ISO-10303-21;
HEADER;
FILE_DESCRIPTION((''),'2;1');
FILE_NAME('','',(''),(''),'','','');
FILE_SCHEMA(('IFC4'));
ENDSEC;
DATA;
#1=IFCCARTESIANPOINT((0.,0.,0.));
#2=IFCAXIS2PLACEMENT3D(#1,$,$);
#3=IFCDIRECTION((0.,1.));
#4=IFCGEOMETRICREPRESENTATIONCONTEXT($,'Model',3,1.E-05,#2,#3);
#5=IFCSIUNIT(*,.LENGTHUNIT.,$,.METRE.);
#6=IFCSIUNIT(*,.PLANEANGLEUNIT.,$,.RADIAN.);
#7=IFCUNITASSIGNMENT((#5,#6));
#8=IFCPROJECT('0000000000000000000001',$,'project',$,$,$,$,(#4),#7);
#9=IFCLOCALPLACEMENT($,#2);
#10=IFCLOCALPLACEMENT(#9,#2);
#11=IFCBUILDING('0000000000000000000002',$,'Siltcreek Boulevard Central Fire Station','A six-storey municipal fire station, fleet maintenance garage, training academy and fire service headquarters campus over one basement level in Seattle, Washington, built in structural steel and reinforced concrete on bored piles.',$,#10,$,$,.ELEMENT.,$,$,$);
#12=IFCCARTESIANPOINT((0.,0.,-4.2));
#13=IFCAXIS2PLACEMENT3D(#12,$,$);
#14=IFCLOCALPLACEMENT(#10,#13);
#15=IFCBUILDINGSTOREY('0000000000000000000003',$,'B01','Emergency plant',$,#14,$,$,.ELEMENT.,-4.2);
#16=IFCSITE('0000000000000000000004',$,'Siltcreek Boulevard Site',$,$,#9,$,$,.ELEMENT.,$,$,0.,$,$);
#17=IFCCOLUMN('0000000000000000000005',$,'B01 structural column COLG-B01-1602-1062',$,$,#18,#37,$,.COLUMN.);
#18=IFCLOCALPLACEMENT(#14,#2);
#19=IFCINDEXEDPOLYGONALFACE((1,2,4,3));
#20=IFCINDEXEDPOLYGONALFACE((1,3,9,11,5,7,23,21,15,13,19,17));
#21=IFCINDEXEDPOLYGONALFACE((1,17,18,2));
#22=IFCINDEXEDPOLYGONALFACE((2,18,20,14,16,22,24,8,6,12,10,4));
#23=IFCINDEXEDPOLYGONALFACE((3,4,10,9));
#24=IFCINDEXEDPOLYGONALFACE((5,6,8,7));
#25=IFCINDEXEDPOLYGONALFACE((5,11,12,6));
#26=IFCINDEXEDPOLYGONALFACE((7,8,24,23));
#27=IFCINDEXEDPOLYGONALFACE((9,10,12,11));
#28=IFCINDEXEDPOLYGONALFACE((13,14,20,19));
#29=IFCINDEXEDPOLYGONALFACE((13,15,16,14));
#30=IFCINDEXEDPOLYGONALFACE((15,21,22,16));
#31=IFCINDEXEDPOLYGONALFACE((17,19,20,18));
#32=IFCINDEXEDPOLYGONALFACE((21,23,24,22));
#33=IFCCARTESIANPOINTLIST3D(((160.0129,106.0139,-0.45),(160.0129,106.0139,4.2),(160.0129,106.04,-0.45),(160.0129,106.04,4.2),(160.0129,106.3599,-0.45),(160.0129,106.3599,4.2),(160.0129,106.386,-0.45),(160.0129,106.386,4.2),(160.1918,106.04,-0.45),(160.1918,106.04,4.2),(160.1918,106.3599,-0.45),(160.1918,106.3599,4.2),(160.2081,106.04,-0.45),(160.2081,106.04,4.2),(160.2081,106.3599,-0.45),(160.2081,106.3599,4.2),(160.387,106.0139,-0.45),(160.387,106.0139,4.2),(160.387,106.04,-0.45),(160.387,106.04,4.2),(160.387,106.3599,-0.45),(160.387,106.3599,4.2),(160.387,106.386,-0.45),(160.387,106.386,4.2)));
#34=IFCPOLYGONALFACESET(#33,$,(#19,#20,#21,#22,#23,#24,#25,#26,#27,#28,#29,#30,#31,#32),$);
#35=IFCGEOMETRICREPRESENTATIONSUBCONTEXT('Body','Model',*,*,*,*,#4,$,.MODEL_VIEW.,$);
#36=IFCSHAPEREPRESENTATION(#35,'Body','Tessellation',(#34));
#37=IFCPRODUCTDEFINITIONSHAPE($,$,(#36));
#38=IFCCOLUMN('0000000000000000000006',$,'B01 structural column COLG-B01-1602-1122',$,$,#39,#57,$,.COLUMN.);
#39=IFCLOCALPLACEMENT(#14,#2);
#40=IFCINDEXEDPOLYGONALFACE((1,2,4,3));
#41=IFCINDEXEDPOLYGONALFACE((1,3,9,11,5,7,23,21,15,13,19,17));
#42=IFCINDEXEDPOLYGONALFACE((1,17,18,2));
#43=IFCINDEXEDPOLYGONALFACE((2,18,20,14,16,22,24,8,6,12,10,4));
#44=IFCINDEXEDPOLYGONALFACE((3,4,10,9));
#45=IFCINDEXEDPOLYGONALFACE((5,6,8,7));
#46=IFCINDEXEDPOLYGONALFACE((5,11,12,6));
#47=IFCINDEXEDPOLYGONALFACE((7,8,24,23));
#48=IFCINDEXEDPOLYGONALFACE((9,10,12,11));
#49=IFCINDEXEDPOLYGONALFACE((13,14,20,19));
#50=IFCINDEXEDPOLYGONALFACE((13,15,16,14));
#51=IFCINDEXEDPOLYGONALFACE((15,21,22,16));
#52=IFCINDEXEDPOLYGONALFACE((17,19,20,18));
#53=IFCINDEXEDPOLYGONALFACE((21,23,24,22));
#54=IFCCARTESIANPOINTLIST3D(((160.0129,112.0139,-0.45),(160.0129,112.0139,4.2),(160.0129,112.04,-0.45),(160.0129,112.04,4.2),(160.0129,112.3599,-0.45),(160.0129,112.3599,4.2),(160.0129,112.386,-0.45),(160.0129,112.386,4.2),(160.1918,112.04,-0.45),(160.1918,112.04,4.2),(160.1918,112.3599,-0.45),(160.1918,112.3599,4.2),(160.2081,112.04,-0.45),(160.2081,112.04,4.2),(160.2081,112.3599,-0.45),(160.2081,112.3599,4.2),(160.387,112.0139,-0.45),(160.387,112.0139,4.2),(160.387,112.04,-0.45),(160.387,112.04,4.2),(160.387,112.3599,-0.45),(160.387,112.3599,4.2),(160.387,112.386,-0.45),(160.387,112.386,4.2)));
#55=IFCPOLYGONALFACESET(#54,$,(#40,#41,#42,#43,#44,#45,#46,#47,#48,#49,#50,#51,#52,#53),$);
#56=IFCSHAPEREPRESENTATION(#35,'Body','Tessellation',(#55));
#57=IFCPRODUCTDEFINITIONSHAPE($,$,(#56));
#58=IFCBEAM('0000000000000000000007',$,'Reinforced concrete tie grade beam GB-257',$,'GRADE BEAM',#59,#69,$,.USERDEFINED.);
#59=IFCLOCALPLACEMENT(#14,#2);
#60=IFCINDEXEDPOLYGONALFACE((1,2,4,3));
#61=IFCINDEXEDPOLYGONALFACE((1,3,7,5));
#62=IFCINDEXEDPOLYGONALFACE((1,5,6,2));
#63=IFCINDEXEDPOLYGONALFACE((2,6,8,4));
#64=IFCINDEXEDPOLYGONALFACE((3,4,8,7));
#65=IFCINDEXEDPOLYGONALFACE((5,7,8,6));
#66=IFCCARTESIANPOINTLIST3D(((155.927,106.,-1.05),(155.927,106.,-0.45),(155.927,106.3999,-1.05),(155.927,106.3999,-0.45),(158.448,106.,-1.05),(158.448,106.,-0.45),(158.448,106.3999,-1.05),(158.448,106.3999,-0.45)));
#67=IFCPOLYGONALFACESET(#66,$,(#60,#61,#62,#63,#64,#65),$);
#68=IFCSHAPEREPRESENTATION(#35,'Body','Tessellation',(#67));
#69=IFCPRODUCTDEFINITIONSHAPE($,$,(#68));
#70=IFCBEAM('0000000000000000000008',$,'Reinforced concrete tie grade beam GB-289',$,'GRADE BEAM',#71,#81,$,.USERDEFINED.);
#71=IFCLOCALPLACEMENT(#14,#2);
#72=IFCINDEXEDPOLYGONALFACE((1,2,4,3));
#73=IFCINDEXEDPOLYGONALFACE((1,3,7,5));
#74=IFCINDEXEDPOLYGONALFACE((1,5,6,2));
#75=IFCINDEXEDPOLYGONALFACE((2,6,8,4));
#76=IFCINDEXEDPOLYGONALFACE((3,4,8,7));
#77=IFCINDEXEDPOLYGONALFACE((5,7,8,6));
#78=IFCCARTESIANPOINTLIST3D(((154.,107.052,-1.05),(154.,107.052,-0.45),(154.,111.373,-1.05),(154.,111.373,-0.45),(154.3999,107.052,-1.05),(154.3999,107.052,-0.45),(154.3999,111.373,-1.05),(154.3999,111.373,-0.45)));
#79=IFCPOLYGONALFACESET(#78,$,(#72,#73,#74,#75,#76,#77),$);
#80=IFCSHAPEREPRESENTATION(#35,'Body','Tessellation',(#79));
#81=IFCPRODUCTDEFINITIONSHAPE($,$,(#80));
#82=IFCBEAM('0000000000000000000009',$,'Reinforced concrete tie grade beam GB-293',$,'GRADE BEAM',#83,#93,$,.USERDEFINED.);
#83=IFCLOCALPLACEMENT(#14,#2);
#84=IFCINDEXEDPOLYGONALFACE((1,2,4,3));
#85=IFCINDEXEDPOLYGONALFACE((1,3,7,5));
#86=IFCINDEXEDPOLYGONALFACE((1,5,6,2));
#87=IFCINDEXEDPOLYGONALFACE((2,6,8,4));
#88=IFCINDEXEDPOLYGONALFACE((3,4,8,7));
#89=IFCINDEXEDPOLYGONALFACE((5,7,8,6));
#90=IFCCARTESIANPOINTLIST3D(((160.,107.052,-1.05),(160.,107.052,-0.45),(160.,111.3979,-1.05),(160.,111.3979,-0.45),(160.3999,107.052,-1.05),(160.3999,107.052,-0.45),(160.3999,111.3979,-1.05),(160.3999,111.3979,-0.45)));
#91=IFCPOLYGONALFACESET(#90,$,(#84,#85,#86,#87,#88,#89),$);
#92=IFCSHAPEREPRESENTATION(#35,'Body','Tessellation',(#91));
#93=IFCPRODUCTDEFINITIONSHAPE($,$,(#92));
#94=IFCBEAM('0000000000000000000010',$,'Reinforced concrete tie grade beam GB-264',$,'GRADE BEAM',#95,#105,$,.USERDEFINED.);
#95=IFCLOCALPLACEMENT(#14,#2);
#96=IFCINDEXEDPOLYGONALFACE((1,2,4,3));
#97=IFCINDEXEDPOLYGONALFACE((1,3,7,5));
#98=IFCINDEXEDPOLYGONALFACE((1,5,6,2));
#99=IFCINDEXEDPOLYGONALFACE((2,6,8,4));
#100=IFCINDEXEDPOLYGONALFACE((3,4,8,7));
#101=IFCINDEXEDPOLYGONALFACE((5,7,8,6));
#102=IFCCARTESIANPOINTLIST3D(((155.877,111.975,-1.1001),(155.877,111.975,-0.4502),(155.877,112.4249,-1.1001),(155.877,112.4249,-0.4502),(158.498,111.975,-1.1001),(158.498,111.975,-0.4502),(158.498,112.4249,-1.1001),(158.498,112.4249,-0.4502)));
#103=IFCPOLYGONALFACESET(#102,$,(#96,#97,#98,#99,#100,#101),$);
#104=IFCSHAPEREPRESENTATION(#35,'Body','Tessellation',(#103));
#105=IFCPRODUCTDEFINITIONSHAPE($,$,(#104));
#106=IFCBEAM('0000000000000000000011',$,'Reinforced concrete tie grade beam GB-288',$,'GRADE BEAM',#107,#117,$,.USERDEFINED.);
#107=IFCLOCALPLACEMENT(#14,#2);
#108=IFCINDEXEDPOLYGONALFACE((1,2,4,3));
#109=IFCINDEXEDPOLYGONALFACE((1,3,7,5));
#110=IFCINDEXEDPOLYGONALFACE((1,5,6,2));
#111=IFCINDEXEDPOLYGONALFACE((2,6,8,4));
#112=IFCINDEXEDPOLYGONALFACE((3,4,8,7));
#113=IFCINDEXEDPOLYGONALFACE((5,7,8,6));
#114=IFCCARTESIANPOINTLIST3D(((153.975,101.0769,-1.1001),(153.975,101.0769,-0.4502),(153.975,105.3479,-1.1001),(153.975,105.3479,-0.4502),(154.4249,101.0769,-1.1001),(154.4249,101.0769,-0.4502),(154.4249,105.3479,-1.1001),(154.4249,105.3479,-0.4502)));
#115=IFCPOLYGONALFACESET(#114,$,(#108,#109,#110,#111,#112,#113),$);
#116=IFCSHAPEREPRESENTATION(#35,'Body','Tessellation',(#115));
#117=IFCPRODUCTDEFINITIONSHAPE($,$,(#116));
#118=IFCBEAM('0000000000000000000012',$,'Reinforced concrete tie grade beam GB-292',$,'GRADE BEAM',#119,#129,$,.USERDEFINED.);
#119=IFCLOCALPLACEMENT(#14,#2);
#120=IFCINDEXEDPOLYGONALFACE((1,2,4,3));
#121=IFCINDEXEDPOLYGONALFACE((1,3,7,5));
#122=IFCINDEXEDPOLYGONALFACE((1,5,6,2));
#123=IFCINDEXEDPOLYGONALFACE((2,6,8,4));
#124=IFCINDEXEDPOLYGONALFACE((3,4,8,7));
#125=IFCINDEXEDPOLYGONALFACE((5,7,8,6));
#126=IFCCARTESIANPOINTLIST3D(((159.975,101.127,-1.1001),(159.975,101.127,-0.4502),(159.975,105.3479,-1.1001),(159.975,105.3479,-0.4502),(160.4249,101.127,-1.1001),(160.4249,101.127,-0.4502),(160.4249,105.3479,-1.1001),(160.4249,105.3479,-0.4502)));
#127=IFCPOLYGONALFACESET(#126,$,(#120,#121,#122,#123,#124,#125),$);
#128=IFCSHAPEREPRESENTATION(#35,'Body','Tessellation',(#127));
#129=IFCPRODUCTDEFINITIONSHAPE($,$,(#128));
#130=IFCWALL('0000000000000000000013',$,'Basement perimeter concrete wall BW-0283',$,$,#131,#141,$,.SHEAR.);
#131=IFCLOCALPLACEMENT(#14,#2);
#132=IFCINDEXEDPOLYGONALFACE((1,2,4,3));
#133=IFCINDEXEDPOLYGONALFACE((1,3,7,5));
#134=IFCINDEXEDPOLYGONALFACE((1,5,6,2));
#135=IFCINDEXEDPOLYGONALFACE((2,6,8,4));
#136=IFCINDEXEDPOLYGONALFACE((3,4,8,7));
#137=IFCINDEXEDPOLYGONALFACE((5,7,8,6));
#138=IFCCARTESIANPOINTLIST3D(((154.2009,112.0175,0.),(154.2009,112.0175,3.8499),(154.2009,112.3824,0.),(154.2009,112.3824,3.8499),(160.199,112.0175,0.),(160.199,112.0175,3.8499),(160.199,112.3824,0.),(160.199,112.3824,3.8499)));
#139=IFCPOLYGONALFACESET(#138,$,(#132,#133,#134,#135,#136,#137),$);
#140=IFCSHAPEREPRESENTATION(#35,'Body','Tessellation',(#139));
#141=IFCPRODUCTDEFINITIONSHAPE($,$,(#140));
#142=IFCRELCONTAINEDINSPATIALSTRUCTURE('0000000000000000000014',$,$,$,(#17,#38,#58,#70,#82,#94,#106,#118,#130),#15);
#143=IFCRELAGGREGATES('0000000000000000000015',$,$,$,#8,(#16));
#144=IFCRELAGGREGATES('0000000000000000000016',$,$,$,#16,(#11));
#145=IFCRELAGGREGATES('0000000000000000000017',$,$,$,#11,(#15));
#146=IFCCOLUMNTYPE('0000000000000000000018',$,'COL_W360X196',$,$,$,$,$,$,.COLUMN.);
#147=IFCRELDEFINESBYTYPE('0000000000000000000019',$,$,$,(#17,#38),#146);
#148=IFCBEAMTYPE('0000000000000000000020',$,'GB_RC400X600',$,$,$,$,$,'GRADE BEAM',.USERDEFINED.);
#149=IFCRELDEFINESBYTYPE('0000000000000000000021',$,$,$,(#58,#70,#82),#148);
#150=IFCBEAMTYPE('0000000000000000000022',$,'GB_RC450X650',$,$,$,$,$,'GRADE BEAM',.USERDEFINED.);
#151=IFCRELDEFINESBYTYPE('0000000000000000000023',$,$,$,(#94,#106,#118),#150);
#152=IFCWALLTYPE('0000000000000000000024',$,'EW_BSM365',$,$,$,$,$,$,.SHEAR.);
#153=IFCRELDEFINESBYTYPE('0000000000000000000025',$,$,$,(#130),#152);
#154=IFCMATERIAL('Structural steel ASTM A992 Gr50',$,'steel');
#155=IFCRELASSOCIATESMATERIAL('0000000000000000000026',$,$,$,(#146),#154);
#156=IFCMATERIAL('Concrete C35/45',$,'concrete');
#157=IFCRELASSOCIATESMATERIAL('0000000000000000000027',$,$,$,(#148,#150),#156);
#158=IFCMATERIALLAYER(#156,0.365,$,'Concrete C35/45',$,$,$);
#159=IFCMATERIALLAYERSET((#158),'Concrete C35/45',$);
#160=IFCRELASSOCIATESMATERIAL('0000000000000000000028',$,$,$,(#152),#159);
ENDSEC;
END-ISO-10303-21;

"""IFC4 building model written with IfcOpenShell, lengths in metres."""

from ifc_helpers import new_model, si_unit, direction, frame, frame_2d, origin, origin_2d, place, context, subcontext, project, spatial, rectangle, i_section, extrude, material, layer, layer_set, material_profile, profile_set, type_object, element, save


model = new_model("IFC4")

# Units and contexts
model_context = context("Model", 3, precision=1e-05, world=origin(), true_north=direction((0.0, 1.0)))
body_context = subcontext(model_context, "Body", "Model", "MODEL_VIEW")
ifc_project = project(units=[si_unit("LENGTHUNIT", "METRE"), si_unit("PLANEANGLEUNIT", "RADIAN")], contexts=[model_context])

# Site, building, storey
site_placement = place(None, origin())
site = spatial("IfcSite", under=ifc_project, at=site_placement, Name="Siltcreek Boulevard Site", CompositionType="ELEMENT", RefElevation=0.0)
building_placement = place(site_placement, origin())
building = spatial("IfcBuilding", under=site, at=building_placement, Name="Siltcreek Boulevard Central Fire Station", Description="A six-storey municipal fire station, fleet maintenance garage, training academy and fire service headquarters campus over one basement level in Seattle, Washington, built in structural steel and reinforced concrete on bored piles.", CompositionType="ELEMENT")
storey_placement = place(building_placement, frame((0.0, 0.0, -4.2)))
storey = spatial("IfcBuildingStorey", under=building, at=storey_placement, Name="B01", Description="Emergency plant", CompositionType="ELEMENT", Elevation=-4.2)

# Shared definitions
ifc_material_1 = material(Name="Concrete C35/45", Category="concrete")

# Columns
ifc_material_2 = material(Name="Structural steel ASTM A992 Gr50", Category="steel")
ifc_material_profile_1 = material_profile(ifc_material_2, i_section(OverallWidth=0.374, OverallDepth=0.3721, WebThickness=0.0164, FlangeThickness=0.0261, at=origin_2d()), Name="W360X196")
ifc_profile_set_1 = profile_set([ifc_material_profile_1], Name="Structural steel ASTM A992 Gr50")
column_type = type_object("IfcColumnType", Name="COL_W360X196", PredefinedType="COLUMN", material=ifc_profile_set_1)
for number, where, z_axis, x_axis, name in (
    (1, (160.2, 106.2, -0.45), (0.0, 0.0, 1.0), (1.0, 0.0, 0.0), "B01 structural column COLG-B01-1602-1062"),
    (2, (160.2, 112.2, -0.45), (0.0, 0.0, 1.0), (1.0, 0.0, 0.0), "B01 structural column COLG-B01-1602-1122"),
):
    element("IfcColumn", number, at=place(storey_placement, frame(where, z_axis=z_axis, x_axis=x_axis)), inside=storey, type_object=column_type, Name=name, PredefinedType="COLUMN", context=body_context, shape_type="SweptSolid", body=[
        extrude(i_section(OverallWidth=0.374, OverallDepth=0.3721, WebThickness=0.0164, FlangeThickness=0.0261, at=origin_2d()), origin(), (0.0, 0.0, 1.0), 4.6499),
    ])

# Beams
ifc_material_profile_2 = material_profile(ifc_material_1, rectangle(XDim=0.3999, YDim=0.6001, at=origin_2d()), Name="RC400X600")
ifc_profile_set_2 = profile_set([ifc_material_profile_2], Name="Concrete C35/45")
beam_type_1 = type_object("IfcBeamType", Name="GB_RC400X600", ElementType="GRADE BEAM", PredefinedType="USERDEFINED", material=ifc_profile_set_2)
beam_1_placement = place(storey_placement, frame((155.927, 106.2, -0.75), z_axis=(1.0, 0.0, 0.0), x_axis=(0.0, 1.0, 0.0)))
element("IfcBeam", 3, at=beam_1_placement, inside=storey, type_object=beam_type_1, Name="Reinforced concrete tie grade beam GB-257", ObjectType="GRADE BEAM", PredefinedType="USERDEFINED", context=body_context, shape_type="SweptSolid", body=[
    extrude(rectangle(XDim=0.3999, YDim=0.6001, at=origin_2d()), origin(), (0.0, 0.0, 1.0), 2.521),
])
beam_2_placement = place(storey_placement, frame((154.2, 107.052, -0.75), z_axis=(0.0, 1.0, 0.0), x_axis=(-1.0, 0.0, 0.0)))
element("IfcBeam", 4, at=beam_2_placement, inside=storey, type_object=beam_type_1, Name="Reinforced concrete tie grade beam GB-289", ObjectType="GRADE BEAM", PredefinedType="USERDEFINED", context=body_context, shape_type="SweptSolid", body=[
    extrude(rectangle(XDim=0.3999, YDim=0.6001, at=origin_2d()), origin(), (0.0, 0.0, 1.0), 4.321),
])
beam_3_placement = place(storey_placement, frame((160.2, 107.052, -0.75), z_axis=(0.0, 1.0, 0.0), x_axis=(-1.0, 0.0, 0.0)))
element("IfcBeam", 5, at=beam_3_placement, inside=storey, type_object=beam_type_1, Name="Reinforced concrete tie grade beam GB-293", ObjectType="GRADE BEAM", PredefinedType="USERDEFINED", context=body_context, shape_type="SweptSolid", body=[
    extrude(rectangle(XDim=0.3999, YDim=0.6001, at=origin_2d()), origin(), (0.0, 0.0, 1.0), 4.3459),
])
ifc_material_profile_3 = material_profile(ifc_material_1, rectangle(XDim=0.45, YDim=0.6499, at=origin_2d()), Name="RC450X650")
ifc_profile_set_3 = profile_set([ifc_material_profile_3], Name="Concrete C35/45")
beam_type_2 = type_object("IfcBeamType", Name="GB_RC450X650", ElementType="GRADE BEAM", PredefinedType="USERDEFINED", material=ifc_profile_set_3)
beam_4_placement = place(storey_placement, frame((155.877, 112.2, -0.7751), z_axis=(1.0, 0.0, 0.0), x_axis=(0.0, 1.0, 0.0)))
element("IfcBeam", 6, at=beam_4_placement, inside=storey, type_object=beam_type_2, Name="Reinforced concrete tie grade beam GB-264", ObjectType="GRADE BEAM", PredefinedType="USERDEFINED", context=body_context, shape_type="SweptSolid", body=[
    extrude(rectangle(XDim=0.45, YDim=0.6499, at=origin_2d()), origin(), (0.0, 0.0, 1.0), 2.6211),
])
beam_5_placement = place(storey_placement, frame((154.2, 101.0769, -0.7751), z_axis=(0.0, 1.0, 0.0), x_axis=(-1.0, 0.0, 0.0)))
element("IfcBeam", 7, at=beam_5_placement, inside=storey, type_object=beam_type_2, Name="Reinforced concrete tie grade beam GB-288", ObjectType="GRADE BEAM", PredefinedType="USERDEFINED", context=body_context, shape_type="SweptSolid", body=[
    extrude(rectangle(XDim=0.45, YDim=0.6499, at=origin_2d()), origin(), (0.0, 0.0, 1.0), 4.271),
])
beam_6_placement = place(storey_placement, frame((160.2, 101.127, -0.7751), z_axis=(0.0, 1.0, 0.0), x_axis=(-1.0, 0.0, 0.0)))
element("IfcBeam", 8, at=beam_6_placement, inside=storey, type_object=beam_type_2, Name="Reinforced concrete tie grade beam GB-292", ObjectType="GRADE BEAM", PredefinedType="USERDEFINED", context=body_context, shape_type="SweptSolid", body=[
    extrude(rectangle(XDim=0.45, YDim=0.6499, at=origin_2d()), origin(), (0.0, 0.0, 1.0), 4.2209),
])

# Wall
ifc_layer = layer(ifc_material_1, 0.365, Name="Concrete C35/45")
ifc_layer_set = layer_set([ifc_layer], Name="Concrete C35/45")
wall_type = type_object("IfcWallType", Name="EW_BSM365", PredefinedType="SHEAR", material=ifc_layer_set)
wall_placement = place(storey_placement, frame((160.199, 112.2, 0.0), z_axis=(0.0, 0.0, 1.0), x_axis=(-1.0, 0.0, 0.0)))
element("IfcWall", 9, at=wall_placement, inside=storey, type_object=wall_type, Name="Basement perimeter concrete wall BW-0283", PredefinedType="SHEAR", context=body_context, shape_type="SweptSolid", body=[
    extrude(rectangle(XDim=5.998, YDim=0.365, at=frame_2d((2.999, 0.0))), origin(), (0.0, 0.0, 1.0), 3.8499),
])

save(model, "model.ifc")
